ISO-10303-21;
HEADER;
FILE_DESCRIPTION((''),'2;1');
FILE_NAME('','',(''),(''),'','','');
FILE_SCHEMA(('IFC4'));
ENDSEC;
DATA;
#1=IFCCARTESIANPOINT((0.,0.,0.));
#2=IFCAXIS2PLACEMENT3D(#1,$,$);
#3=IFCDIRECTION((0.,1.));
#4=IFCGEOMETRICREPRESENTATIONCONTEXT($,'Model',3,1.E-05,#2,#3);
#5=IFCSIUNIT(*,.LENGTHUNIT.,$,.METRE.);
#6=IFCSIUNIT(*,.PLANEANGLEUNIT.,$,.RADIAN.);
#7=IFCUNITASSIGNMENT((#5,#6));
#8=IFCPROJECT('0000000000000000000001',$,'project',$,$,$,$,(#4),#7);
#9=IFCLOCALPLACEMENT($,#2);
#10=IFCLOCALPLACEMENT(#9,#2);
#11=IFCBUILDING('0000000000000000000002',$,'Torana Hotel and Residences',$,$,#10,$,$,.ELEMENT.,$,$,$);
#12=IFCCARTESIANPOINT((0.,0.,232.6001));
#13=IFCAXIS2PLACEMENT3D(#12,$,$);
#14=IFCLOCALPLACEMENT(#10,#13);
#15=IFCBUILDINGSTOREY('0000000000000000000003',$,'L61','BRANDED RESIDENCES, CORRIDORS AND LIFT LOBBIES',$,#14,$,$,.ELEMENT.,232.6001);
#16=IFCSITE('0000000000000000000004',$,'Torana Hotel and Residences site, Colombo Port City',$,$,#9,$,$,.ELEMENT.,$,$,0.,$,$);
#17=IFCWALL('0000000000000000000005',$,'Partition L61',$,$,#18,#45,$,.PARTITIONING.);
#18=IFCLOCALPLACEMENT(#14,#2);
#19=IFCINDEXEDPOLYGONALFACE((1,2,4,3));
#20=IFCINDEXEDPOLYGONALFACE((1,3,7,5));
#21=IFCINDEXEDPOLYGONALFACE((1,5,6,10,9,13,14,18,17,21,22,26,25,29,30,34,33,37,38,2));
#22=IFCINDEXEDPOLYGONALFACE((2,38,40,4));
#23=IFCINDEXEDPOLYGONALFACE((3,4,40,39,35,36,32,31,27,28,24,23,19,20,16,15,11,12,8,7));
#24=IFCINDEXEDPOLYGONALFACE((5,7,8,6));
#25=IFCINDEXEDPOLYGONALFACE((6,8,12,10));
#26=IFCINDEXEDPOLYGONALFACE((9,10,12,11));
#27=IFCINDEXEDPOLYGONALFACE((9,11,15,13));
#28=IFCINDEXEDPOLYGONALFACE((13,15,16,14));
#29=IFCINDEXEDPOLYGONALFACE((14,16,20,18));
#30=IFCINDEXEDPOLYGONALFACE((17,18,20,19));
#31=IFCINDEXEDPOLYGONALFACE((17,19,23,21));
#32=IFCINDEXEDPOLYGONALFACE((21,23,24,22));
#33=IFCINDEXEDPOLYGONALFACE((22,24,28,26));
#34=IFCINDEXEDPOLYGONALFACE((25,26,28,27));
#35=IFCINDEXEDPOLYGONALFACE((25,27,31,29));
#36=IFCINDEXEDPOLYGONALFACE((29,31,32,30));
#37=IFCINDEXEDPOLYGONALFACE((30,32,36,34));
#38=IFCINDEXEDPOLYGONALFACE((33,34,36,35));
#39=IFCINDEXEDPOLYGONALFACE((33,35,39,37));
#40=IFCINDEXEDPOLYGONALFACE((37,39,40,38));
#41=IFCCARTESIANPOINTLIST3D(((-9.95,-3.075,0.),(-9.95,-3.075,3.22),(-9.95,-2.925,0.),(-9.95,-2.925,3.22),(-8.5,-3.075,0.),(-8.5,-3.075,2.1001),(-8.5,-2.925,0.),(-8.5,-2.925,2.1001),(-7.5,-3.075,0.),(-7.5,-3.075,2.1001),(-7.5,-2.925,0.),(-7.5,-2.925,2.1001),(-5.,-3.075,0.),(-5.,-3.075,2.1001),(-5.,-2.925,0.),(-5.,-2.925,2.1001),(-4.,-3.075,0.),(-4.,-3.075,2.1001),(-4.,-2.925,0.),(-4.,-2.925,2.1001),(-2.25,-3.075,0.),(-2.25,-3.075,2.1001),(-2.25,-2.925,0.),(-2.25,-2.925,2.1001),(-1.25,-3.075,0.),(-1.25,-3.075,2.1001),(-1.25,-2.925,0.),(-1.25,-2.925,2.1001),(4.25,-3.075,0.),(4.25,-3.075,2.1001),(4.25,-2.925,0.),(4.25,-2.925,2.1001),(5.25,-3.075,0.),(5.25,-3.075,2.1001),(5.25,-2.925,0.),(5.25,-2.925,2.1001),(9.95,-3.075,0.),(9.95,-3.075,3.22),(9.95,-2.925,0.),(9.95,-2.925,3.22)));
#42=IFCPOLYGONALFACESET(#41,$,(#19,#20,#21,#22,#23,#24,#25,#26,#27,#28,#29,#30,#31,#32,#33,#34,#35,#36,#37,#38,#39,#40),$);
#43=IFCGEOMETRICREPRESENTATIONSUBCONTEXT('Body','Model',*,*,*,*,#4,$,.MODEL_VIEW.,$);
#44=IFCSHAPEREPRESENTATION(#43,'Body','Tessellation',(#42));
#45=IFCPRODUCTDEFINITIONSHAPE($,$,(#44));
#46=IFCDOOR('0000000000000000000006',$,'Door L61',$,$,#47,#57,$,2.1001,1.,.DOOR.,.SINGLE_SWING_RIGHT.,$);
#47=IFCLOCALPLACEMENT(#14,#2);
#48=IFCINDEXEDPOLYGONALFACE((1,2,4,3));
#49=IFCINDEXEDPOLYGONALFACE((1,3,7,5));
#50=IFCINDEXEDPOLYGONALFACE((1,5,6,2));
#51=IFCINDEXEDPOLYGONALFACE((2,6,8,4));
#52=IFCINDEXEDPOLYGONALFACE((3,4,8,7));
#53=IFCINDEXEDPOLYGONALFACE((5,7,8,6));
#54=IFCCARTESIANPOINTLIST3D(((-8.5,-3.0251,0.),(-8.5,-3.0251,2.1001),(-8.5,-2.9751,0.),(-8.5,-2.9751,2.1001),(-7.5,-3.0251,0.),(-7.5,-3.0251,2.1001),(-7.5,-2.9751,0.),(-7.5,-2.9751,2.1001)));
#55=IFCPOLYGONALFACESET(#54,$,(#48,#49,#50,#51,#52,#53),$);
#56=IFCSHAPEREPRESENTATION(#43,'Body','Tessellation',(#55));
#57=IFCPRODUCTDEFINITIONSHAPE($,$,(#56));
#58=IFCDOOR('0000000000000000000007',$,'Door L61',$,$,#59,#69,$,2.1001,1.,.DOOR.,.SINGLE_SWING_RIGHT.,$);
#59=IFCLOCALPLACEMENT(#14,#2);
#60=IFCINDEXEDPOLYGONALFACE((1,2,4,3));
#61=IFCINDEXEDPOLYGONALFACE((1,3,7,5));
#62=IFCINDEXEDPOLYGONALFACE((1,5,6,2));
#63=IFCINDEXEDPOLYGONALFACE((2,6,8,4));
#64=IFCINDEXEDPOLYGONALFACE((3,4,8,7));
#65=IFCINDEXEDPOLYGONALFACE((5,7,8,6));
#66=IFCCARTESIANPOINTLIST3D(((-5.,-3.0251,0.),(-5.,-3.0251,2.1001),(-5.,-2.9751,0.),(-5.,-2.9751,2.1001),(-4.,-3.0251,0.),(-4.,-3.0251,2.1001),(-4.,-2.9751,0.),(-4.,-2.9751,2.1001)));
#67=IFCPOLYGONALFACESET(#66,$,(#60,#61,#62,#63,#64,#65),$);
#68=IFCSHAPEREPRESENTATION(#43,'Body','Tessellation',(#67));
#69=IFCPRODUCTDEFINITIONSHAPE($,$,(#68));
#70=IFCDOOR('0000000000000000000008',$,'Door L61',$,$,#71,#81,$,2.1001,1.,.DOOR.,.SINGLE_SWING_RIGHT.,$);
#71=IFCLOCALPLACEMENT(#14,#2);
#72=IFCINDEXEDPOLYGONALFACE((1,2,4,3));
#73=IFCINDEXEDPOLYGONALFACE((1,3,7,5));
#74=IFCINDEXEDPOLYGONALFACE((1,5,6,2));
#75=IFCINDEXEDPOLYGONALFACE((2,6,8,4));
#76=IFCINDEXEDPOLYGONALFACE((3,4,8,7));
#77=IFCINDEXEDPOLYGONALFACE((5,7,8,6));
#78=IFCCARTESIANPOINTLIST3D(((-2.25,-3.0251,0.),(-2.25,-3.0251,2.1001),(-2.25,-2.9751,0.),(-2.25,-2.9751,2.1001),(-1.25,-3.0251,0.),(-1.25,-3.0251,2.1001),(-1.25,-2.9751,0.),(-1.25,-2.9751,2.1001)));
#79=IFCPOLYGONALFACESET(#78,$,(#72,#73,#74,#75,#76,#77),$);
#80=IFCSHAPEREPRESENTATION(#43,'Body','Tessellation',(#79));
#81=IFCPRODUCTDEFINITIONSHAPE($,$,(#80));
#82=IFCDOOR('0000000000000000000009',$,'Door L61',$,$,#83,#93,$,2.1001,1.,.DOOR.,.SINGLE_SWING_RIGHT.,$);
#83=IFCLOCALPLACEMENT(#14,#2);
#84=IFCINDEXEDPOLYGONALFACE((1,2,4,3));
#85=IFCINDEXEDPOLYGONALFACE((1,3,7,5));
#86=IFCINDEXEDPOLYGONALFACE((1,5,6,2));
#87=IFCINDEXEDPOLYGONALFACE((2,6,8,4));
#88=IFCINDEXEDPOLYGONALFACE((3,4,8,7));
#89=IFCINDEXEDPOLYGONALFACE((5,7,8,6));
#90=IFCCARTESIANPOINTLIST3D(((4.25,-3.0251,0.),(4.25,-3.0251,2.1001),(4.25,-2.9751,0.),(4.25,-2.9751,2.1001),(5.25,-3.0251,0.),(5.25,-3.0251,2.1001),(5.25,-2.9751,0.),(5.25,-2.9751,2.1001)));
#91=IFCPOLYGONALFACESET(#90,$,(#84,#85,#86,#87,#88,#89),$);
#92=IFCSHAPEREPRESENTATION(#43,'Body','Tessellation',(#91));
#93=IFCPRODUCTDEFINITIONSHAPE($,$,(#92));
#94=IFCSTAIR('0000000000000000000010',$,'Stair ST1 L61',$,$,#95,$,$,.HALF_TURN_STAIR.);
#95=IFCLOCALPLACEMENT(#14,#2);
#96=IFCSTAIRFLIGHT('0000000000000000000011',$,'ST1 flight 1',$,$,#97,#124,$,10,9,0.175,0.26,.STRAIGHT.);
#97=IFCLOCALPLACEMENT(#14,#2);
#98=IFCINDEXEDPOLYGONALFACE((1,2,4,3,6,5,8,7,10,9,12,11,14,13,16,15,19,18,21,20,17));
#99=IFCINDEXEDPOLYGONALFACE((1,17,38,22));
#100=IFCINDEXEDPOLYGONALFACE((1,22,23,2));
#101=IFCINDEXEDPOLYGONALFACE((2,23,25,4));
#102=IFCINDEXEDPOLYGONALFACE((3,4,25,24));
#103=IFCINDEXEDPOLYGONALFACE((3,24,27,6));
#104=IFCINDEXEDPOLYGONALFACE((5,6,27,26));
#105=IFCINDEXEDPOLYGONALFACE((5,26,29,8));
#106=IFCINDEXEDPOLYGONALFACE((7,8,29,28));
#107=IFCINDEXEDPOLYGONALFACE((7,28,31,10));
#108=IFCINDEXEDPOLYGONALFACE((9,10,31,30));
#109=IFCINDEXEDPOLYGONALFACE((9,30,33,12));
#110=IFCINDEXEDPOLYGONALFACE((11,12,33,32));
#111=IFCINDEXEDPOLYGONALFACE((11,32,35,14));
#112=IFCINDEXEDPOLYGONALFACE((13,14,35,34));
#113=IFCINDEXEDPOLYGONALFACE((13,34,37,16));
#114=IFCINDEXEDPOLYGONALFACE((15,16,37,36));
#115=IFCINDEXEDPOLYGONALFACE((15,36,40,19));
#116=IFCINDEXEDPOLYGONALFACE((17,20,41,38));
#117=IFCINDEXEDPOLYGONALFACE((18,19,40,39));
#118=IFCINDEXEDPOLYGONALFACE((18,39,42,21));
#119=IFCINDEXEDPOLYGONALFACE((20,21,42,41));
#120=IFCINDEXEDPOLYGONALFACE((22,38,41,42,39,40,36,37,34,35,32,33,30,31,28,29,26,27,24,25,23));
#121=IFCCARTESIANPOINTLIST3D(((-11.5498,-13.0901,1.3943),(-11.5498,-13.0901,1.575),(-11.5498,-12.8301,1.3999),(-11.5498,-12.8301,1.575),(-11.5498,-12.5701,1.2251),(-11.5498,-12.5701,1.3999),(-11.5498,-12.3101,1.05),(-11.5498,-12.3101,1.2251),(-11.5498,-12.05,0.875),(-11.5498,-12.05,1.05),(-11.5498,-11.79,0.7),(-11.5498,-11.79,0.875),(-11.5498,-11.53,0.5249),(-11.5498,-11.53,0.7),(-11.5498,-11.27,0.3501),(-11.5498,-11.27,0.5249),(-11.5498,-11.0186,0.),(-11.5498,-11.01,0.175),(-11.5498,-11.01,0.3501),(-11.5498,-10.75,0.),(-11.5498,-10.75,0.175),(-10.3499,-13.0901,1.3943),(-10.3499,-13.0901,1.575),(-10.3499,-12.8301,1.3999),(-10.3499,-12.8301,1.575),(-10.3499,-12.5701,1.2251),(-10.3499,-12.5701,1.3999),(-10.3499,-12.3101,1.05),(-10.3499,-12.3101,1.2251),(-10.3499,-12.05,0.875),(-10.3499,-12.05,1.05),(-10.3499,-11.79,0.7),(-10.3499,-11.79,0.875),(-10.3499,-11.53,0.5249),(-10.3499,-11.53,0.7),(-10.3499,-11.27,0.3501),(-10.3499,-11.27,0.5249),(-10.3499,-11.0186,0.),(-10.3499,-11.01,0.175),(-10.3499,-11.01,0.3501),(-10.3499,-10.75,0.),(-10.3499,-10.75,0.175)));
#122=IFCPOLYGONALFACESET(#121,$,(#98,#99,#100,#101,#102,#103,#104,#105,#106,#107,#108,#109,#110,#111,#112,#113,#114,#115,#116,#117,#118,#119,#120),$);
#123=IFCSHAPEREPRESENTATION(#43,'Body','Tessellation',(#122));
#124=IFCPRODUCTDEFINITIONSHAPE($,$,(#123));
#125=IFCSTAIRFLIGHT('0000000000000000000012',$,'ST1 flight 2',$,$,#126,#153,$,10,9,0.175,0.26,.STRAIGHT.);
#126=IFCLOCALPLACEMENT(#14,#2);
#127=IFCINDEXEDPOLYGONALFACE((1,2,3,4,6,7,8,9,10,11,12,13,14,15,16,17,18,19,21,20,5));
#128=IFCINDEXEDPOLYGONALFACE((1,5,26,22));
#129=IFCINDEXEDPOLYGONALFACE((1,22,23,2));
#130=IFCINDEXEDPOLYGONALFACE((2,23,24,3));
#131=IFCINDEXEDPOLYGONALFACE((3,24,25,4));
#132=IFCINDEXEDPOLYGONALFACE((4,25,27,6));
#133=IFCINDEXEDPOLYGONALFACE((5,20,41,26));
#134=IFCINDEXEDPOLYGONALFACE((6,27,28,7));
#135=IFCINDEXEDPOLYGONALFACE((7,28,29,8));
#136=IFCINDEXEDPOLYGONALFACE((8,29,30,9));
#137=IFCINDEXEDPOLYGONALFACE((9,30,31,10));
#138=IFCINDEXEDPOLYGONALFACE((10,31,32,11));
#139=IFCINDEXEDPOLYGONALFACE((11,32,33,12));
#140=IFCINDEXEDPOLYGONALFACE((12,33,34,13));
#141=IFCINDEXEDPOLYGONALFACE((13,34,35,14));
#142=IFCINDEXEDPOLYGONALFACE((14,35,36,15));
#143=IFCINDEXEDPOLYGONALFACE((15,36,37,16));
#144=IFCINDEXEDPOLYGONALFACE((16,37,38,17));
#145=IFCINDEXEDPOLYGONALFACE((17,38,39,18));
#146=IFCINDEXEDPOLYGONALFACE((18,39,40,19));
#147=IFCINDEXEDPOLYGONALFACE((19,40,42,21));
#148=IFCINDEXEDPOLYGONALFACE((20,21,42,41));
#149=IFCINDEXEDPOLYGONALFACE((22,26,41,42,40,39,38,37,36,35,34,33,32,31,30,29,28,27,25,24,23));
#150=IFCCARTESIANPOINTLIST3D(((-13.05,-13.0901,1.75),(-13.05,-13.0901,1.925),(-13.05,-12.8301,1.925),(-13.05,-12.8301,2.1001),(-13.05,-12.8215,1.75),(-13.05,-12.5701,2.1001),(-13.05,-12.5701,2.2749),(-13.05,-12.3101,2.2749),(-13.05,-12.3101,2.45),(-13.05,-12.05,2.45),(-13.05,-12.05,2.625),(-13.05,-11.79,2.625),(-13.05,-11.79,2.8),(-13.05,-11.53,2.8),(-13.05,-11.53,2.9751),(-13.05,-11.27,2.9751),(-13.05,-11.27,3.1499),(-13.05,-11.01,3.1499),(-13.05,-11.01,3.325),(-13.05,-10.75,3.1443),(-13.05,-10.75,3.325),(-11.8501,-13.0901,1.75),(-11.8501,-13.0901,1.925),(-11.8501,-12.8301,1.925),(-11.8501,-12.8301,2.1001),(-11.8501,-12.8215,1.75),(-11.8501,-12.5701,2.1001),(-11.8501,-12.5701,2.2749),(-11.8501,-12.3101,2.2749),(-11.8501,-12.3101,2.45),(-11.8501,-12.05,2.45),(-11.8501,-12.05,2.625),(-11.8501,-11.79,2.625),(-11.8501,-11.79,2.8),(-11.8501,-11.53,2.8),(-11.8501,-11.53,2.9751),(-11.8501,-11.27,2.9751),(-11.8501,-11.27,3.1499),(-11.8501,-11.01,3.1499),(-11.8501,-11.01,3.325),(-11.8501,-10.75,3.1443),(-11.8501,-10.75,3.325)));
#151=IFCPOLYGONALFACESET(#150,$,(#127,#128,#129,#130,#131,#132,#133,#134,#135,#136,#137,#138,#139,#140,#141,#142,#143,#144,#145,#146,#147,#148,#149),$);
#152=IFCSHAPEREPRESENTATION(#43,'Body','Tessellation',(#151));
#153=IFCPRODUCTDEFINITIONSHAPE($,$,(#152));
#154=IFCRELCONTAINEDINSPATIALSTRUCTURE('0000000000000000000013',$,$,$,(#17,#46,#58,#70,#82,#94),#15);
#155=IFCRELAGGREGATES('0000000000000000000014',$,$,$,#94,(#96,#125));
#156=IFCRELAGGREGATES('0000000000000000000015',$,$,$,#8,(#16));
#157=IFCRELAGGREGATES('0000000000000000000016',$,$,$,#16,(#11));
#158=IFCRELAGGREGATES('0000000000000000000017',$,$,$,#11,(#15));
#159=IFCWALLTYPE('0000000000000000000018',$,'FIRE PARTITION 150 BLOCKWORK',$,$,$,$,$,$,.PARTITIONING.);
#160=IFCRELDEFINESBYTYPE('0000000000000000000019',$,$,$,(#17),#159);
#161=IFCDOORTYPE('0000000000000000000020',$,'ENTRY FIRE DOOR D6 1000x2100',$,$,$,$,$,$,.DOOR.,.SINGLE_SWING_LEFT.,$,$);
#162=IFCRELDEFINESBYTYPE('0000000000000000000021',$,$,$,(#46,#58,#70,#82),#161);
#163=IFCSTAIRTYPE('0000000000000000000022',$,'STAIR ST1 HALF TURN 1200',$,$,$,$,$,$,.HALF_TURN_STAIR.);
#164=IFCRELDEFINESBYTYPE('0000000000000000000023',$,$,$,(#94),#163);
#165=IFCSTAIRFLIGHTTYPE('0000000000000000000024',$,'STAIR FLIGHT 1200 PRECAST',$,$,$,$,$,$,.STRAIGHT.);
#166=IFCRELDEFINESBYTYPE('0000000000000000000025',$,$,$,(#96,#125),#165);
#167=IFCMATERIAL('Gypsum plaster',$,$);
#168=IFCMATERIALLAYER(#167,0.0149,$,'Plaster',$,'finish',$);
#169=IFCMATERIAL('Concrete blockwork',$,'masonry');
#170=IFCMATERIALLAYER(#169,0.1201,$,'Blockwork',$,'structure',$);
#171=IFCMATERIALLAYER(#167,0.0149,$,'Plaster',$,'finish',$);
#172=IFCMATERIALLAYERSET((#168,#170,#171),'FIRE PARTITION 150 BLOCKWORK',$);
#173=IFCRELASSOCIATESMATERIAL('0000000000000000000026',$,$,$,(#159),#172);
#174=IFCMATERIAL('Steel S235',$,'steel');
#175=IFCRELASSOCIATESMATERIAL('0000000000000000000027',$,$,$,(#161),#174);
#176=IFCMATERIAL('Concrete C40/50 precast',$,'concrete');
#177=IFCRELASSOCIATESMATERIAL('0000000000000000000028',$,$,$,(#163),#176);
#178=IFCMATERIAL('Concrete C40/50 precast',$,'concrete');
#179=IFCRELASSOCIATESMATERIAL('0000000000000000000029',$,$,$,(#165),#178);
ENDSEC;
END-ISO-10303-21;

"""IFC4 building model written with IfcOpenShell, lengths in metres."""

from ifc_helpers import new_model, si_unit, direction, frame, frame_2d, origin, place, context, subcontext, project, spatial, polyline, rectangle, outline, extrude, material, layer, layer_set, type_object, element, fill, aggregate, save


model = new_model("IFC4")

# Units and contexts
model_context = context("Model", 3, precision=1e-05, world=origin(), true_north=direction((0.0, 1.0)))
body_context = subcontext(model_context, "Body", "Model", "MODEL_VIEW")
ifc_project = project(units=[si_unit("LENGTHUNIT", "METRE"), si_unit("PLANEANGLEUNIT", "RADIAN")], contexts=[model_context])

# Site, building, storey
site_placement = place(None, origin())
site = spatial("IfcSite", under=ifc_project, at=site_placement, Name="Torana Hotel and Residences site, Colombo Port City", CompositionType="ELEMENT", RefElevation=0.0)
building_placement = place(site_placement, origin())
building = spatial("IfcBuilding", under=site, at=building_placement, Name="Torana Hotel and Residences", CompositionType="ELEMENT")
storey_placement = place(building_placement, frame((0.0, 0.0, 232.6001)))
storey = spatial("IfcBuildingStorey", under=building, at=storey_placement, Name="L61", Description="BRANDED RESIDENCES, CORRIDORS AND LIFT LOBBIES", CompositionType="ELEMENT", Elevation=232.6001)

# Shared definitions
ifc_material_1 = material(Name="Gypsum plaster")
ifc_layer_1 = layer(ifc_material_1, 0.0149, Name="Plaster", Category="finish")
ifc_material_2 = material(Name="Concrete blockwork", Category="masonry")
ifc_layer_2 = layer(ifc_material_2, 0.1201, Name="Blockwork", Category="structure")
ifc_layer_3 = layer(ifc_material_1, 0.0149, Name="Plaster", Category="finish")
ifc_layer_set_1 = layer_set([ifc_layer_1, ifc_layer_2, ifc_layer_3], Name="FIRE PARTITION 150 BLOCKWORK")
wall_type_1 = type_object("IfcWallType", Name="FIRE PARTITION 150 BLOCKWORK", PredefinedType="PARTITIONING", material=ifc_layer_set_1)

# Wall, openings, doors
ifc_material_3 = material(Name="Steel S235", Category="steel")
door_type_1 = type_object("IfcDoorType", Name="ENTRY FIRE DOOR D6 1000x2100", OperationType="SINGLE_SWING_LEFT", PredefinedType="DOOR", material=ifc_material_3)
wall_1_placement = place(storey_placement, frame((-9.95, -3.0, 0.0), z_axis=(0.0, 0.0, 1.0), x_axis=(1.0, 0.0, 0.0)))
wall_1 = element("IfcWall", 1, at=wall_1_placement, inside=storey, type_object=wall_type_1, Name="Partition L61", PredefinedType="PARTITIONING", context=body_context, shape_type="SweptSolid", body=[
    extrude(rectangle(XDim=19.8999, YDim=0.1499, at=frame_2d((9.95, 0.0))), origin(), (0.0, 0.0, 1.0), 3.22),
])
opening_1_placement = place(wall_1_placement, frame((1.45, 0.0, 0.0)))
opening_1 = element("IfcOpeningElement", 2, at=opening_1_placement, cuts=wall_1, PredefinedType="OPENING", context=body_context, shape_type="SweptSolid", body=[
    extrude(rectangle(XDim=1.0, YDim=2.1001, at=frame_2d((0.5, 1.05))), frame((0.0, 0.085, 0.0), z_axis=(0.0, -1.0, 0.0), x_axis=(1.0, 0.0, 0.0)), (0.0, 0.0, 1.0), 0.1699),
])
opening_2_placement = place(wall_1_placement, frame((4.95, 0.0, 0.0)))
opening_2 = element("IfcOpeningElement", 3, at=opening_2_placement, cuts=wall_1, PredefinedType="OPENING", context=body_context, shape_type="SweptSolid", body=[
    extrude(rectangle(XDim=1.0, YDim=2.1001, at=frame_2d((0.5, 1.05))), frame((0.0, 0.085, 0.0), z_axis=(0.0, -1.0, 0.0), x_axis=(1.0, 0.0, 0.0)), (0.0, 0.0, 1.0), 0.1699),
])
opening_3_placement = place(wall_1_placement, frame((7.7, 0.0, 0.0)))
opening_3 = element("IfcOpeningElement", 4, at=opening_3_placement, cuts=wall_1, PredefinedType="OPENING", context=body_context, shape_type="SweptSolid", body=[
    extrude(rectangle(XDim=1.0, YDim=2.1001, at=frame_2d((0.5, 1.05))), frame((0.0, 0.085, 0.0), z_axis=(0.0, -1.0, 0.0), x_axis=(1.0, 0.0, 0.0)), (0.0, 0.0, 1.0), 0.1699),
])
opening_4_placement = place(wall_1_placement, frame((14.2, 0.0, 0.0)))
opening_4 = element("IfcOpeningElement", 5, at=opening_4_placement, cuts=wall_1, PredefinedType="OPENING", context=body_context, shape_type="SweptSolid", body=[
    extrude(rectangle(XDim=1.0, YDim=2.1001, at=frame_2d((0.5, 1.05))), frame((0.0, 0.085, 0.0), z_axis=(0.0, -1.0, 0.0), x_axis=(1.0, 0.0, 0.0)), (0.0, 0.0, 1.0), 0.1699),
])
door_1_placement = place(opening_1_placement, origin())
door_1 = element("IfcDoor", 6, at=door_1_placement, inside=storey, type_object=door_type_1, Name="Door L61", OperationType="SINGLE_SWING_RIGHT", OverallHeight=2.1001, OverallWidth=1.0, PredefinedType="DOOR", context=body_context, shape_type="SweptSolid", body=[
    extrude(rectangle(XDim=1.0, YDim=2.1001, at=frame_2d((0.5, 1.05))), frame((0.0, 0.0249, 0.0), z_axis=(0.0, -1.0, 0.0), x_axis=(1.0, 0.0, 0.0)), (0.0, 0.0, 1.0), 0.05),
])
fill(opening_1, door_1)
door_2_placement = place(opening_2_placement, origin())
door_2 = element("IfcDoor", 7, at=door_2_placement, inside=storey, type_object=door_type_1, Name="Door L61", OperationType="SINGLE_SWING_RIGHT", OverallHeight=2.1001, OverallWidth=1.0, PredefinedType="DOOR", context=body_context, shape_type="SweptSolid", body=[
    extrude(rectangle(XDim=1.0, YDim=2.1001, at=frame_2d((0.5, 1.05))), frame((0.0, 0.0249, 0.0), z_axis=(0.0, -1.0, 0.0), x_axis=(1.0, 0.0, 0.0)), (0.0, 0.0, 1.0), 0.05),
])
fill(opening_2, door_2)
door_3_placement = place(opening_3_placement, origin())
door_3 = element("IfcDoor", 8, at=door_3_placement, inside=storey, type_object=door_type_1, Name="Door L61", OperationType="SINGLE_SWING_RIGHT", OverallHeight=2.1001, OverallWidth=1.0, PredefinedType="DOOR", context=body_context, shape_type="SweptSolid", body=[
    extrude(rectangle(XDim=1.0, YDim=2.1001, at=frame_2d((0.5, 1.05))), frame((0.0, 0.0249, 0.0), z_axis=(0.0, -1.0, 0.0), x_axis=(1.0, 0.0, 0.0)), (0.0, 0.0, 1.0), 0.05),
])
fill(opening_3, door_3)
door_4_placement = place(opening_4_placement, origin())
door_4 = element("IfcDoor", 9, at=door_4_placement, inside=storey, type_object=door_type_1, Name="Door L61", OperationType="SINGLE_SWING_RIGHT", OverallHeight=2.1001, OverallWidth=1.0, PredefinedType="DOOR", context=body_context, shape_type="SweptSolid", body=[
    extrude(rectangle(XDim=1.0, YDim=2.1001, at=frame_2d((0.5, 1.05))), frame((0.0, 0.0249, 0.0), z_axis=(0.0, -1.0, 0.0), x_axis=(1.0, 0.0, 0.0)), (0.0, 0.0, 1.0), 0.05),
])
fill(opening_4, door_4)

# Stair, stair flights
ifc_material_4 = material(Name="Concrete C40/50 precast", Category="concrete")
stair_type = type_object("IfcStairType", Name="STAIR ST1 HALF TURN 1200", PredefinedType="HALF_TURN_STAIR", material=ifc_material_4)
stair_placement = place(storey_placement, origin())
stair = element("IfcStair", 10, at=stair_placement, inside=storey, type_object=stair_type, Name="Stair ST1 L61", PredefinedType="HALF_TURN_STAIR")
ifc_material_5 = material(Name="Concrete C40/50 precast", Category="concrete")
stair_flight_type = type_object("IfcStairFlightType", Name="STAIR FLIGHT 1200 PRECAST", PredefinedType="STRAIGHT", material=ifc_material_5)
stair_flight_1_placement = place(storey_placement, frame((-10.95, -10.75, 0.0), z_axis=(0.0, 0.0, 1.0), x_axis=(0.0, -1.0, 0.0)))
stair_flight_1 = element("IfcStairFlight", 11, at=stair_flight_1_placement, type_object=stair_flight_type, Name="ST1 flight 1", NumberOfRisers=10, NumberOfTreads=9, PredefinedType="STRAIGHT", RiserHeight=0.175, TreadLength=0.26, context=body_context, shape_type="SweptSolid", body=[
    extrude(outline(polyline([(0.0, 0.0), (0.0, 0.175), (0.26, 0.175), (0.26, 0.3501), (0.52, 0.3501), (0.52, 0.5249), (0.78, 0.5249), (0.78, 0.7), (1.04, 0.7), (1.04, 0.875), (1.3, 0.875), (1.3, 1.05), (1.5601, 1.05), (1.5601, 1.2251), (1.8201, 1.2251), (1.8201, 1.3999), (2.0801, 1.3999), (2.0801, 1.575), (2.3401, 1.575), (2.3401, 1.75), (2.3401, 1.3943), (0.2686, 0.0), (0.0, 0.0)])), frame((0.0, 0.6001, 0.0), z_axis=(0.0, -1.0, 0.0), x_axis=(1.0, 0.0, 0.0)), (0.0, 0.0, 1.0), 1.2),
])
stair_flight_2_placement = place(storey_placement, frame((-12.45, -13.0901, 1.75), z_axis=(0.0, 0.0, 1.0), x_axis=(0.0, 1.0, 0.0)))
stair_flight_2 = element("IfcStairFlight", 12, at=stair_flight_2_placement, type_object=stair_flight_type, Name="ST1 flight 2", NumberOfRisers=10, NumberOfTreads=9, PredefinedType="STRAIGHT", RiserHeight=0.175, TreadLength=0.26, context=body_context, shape_type="SweptSolid", body=[
    extrude(outline(polyline([(0.0, 0.0), (0.0, 0.175), (0.26, 0.175), (0.26, 0.3501), (0.52, 0.3501), (0.52, 0.5249), (0.78, 0.5249), (0.78, 0.7), (1.04, 0.7), (1.04, 0.875), (1.3, 0.875), (1.3, 1.05), (1.5601, 1.05), (1.5601, 1.2251), (1.8201, 1.2251), (1.8201, 1.3999), (2.0801, 1.3999), (2.0801, 1.575), (2.3401, 1.575), (2.3401, 1.75), (2.3401, 1.3943), (0.2686, 0.0), (0.0, 0.0)])), frame((0.0, 0.6001, 0.0), z_axis=(0.0, -1.0, 0.0), x_axis=(1.0, 0.0, 0.0)), (0.0, 0.0, 1.0), 1.2),
])
aggregate(stair, [stair_flight_1, stair_flight_2])

save(model, "model.ifc")
